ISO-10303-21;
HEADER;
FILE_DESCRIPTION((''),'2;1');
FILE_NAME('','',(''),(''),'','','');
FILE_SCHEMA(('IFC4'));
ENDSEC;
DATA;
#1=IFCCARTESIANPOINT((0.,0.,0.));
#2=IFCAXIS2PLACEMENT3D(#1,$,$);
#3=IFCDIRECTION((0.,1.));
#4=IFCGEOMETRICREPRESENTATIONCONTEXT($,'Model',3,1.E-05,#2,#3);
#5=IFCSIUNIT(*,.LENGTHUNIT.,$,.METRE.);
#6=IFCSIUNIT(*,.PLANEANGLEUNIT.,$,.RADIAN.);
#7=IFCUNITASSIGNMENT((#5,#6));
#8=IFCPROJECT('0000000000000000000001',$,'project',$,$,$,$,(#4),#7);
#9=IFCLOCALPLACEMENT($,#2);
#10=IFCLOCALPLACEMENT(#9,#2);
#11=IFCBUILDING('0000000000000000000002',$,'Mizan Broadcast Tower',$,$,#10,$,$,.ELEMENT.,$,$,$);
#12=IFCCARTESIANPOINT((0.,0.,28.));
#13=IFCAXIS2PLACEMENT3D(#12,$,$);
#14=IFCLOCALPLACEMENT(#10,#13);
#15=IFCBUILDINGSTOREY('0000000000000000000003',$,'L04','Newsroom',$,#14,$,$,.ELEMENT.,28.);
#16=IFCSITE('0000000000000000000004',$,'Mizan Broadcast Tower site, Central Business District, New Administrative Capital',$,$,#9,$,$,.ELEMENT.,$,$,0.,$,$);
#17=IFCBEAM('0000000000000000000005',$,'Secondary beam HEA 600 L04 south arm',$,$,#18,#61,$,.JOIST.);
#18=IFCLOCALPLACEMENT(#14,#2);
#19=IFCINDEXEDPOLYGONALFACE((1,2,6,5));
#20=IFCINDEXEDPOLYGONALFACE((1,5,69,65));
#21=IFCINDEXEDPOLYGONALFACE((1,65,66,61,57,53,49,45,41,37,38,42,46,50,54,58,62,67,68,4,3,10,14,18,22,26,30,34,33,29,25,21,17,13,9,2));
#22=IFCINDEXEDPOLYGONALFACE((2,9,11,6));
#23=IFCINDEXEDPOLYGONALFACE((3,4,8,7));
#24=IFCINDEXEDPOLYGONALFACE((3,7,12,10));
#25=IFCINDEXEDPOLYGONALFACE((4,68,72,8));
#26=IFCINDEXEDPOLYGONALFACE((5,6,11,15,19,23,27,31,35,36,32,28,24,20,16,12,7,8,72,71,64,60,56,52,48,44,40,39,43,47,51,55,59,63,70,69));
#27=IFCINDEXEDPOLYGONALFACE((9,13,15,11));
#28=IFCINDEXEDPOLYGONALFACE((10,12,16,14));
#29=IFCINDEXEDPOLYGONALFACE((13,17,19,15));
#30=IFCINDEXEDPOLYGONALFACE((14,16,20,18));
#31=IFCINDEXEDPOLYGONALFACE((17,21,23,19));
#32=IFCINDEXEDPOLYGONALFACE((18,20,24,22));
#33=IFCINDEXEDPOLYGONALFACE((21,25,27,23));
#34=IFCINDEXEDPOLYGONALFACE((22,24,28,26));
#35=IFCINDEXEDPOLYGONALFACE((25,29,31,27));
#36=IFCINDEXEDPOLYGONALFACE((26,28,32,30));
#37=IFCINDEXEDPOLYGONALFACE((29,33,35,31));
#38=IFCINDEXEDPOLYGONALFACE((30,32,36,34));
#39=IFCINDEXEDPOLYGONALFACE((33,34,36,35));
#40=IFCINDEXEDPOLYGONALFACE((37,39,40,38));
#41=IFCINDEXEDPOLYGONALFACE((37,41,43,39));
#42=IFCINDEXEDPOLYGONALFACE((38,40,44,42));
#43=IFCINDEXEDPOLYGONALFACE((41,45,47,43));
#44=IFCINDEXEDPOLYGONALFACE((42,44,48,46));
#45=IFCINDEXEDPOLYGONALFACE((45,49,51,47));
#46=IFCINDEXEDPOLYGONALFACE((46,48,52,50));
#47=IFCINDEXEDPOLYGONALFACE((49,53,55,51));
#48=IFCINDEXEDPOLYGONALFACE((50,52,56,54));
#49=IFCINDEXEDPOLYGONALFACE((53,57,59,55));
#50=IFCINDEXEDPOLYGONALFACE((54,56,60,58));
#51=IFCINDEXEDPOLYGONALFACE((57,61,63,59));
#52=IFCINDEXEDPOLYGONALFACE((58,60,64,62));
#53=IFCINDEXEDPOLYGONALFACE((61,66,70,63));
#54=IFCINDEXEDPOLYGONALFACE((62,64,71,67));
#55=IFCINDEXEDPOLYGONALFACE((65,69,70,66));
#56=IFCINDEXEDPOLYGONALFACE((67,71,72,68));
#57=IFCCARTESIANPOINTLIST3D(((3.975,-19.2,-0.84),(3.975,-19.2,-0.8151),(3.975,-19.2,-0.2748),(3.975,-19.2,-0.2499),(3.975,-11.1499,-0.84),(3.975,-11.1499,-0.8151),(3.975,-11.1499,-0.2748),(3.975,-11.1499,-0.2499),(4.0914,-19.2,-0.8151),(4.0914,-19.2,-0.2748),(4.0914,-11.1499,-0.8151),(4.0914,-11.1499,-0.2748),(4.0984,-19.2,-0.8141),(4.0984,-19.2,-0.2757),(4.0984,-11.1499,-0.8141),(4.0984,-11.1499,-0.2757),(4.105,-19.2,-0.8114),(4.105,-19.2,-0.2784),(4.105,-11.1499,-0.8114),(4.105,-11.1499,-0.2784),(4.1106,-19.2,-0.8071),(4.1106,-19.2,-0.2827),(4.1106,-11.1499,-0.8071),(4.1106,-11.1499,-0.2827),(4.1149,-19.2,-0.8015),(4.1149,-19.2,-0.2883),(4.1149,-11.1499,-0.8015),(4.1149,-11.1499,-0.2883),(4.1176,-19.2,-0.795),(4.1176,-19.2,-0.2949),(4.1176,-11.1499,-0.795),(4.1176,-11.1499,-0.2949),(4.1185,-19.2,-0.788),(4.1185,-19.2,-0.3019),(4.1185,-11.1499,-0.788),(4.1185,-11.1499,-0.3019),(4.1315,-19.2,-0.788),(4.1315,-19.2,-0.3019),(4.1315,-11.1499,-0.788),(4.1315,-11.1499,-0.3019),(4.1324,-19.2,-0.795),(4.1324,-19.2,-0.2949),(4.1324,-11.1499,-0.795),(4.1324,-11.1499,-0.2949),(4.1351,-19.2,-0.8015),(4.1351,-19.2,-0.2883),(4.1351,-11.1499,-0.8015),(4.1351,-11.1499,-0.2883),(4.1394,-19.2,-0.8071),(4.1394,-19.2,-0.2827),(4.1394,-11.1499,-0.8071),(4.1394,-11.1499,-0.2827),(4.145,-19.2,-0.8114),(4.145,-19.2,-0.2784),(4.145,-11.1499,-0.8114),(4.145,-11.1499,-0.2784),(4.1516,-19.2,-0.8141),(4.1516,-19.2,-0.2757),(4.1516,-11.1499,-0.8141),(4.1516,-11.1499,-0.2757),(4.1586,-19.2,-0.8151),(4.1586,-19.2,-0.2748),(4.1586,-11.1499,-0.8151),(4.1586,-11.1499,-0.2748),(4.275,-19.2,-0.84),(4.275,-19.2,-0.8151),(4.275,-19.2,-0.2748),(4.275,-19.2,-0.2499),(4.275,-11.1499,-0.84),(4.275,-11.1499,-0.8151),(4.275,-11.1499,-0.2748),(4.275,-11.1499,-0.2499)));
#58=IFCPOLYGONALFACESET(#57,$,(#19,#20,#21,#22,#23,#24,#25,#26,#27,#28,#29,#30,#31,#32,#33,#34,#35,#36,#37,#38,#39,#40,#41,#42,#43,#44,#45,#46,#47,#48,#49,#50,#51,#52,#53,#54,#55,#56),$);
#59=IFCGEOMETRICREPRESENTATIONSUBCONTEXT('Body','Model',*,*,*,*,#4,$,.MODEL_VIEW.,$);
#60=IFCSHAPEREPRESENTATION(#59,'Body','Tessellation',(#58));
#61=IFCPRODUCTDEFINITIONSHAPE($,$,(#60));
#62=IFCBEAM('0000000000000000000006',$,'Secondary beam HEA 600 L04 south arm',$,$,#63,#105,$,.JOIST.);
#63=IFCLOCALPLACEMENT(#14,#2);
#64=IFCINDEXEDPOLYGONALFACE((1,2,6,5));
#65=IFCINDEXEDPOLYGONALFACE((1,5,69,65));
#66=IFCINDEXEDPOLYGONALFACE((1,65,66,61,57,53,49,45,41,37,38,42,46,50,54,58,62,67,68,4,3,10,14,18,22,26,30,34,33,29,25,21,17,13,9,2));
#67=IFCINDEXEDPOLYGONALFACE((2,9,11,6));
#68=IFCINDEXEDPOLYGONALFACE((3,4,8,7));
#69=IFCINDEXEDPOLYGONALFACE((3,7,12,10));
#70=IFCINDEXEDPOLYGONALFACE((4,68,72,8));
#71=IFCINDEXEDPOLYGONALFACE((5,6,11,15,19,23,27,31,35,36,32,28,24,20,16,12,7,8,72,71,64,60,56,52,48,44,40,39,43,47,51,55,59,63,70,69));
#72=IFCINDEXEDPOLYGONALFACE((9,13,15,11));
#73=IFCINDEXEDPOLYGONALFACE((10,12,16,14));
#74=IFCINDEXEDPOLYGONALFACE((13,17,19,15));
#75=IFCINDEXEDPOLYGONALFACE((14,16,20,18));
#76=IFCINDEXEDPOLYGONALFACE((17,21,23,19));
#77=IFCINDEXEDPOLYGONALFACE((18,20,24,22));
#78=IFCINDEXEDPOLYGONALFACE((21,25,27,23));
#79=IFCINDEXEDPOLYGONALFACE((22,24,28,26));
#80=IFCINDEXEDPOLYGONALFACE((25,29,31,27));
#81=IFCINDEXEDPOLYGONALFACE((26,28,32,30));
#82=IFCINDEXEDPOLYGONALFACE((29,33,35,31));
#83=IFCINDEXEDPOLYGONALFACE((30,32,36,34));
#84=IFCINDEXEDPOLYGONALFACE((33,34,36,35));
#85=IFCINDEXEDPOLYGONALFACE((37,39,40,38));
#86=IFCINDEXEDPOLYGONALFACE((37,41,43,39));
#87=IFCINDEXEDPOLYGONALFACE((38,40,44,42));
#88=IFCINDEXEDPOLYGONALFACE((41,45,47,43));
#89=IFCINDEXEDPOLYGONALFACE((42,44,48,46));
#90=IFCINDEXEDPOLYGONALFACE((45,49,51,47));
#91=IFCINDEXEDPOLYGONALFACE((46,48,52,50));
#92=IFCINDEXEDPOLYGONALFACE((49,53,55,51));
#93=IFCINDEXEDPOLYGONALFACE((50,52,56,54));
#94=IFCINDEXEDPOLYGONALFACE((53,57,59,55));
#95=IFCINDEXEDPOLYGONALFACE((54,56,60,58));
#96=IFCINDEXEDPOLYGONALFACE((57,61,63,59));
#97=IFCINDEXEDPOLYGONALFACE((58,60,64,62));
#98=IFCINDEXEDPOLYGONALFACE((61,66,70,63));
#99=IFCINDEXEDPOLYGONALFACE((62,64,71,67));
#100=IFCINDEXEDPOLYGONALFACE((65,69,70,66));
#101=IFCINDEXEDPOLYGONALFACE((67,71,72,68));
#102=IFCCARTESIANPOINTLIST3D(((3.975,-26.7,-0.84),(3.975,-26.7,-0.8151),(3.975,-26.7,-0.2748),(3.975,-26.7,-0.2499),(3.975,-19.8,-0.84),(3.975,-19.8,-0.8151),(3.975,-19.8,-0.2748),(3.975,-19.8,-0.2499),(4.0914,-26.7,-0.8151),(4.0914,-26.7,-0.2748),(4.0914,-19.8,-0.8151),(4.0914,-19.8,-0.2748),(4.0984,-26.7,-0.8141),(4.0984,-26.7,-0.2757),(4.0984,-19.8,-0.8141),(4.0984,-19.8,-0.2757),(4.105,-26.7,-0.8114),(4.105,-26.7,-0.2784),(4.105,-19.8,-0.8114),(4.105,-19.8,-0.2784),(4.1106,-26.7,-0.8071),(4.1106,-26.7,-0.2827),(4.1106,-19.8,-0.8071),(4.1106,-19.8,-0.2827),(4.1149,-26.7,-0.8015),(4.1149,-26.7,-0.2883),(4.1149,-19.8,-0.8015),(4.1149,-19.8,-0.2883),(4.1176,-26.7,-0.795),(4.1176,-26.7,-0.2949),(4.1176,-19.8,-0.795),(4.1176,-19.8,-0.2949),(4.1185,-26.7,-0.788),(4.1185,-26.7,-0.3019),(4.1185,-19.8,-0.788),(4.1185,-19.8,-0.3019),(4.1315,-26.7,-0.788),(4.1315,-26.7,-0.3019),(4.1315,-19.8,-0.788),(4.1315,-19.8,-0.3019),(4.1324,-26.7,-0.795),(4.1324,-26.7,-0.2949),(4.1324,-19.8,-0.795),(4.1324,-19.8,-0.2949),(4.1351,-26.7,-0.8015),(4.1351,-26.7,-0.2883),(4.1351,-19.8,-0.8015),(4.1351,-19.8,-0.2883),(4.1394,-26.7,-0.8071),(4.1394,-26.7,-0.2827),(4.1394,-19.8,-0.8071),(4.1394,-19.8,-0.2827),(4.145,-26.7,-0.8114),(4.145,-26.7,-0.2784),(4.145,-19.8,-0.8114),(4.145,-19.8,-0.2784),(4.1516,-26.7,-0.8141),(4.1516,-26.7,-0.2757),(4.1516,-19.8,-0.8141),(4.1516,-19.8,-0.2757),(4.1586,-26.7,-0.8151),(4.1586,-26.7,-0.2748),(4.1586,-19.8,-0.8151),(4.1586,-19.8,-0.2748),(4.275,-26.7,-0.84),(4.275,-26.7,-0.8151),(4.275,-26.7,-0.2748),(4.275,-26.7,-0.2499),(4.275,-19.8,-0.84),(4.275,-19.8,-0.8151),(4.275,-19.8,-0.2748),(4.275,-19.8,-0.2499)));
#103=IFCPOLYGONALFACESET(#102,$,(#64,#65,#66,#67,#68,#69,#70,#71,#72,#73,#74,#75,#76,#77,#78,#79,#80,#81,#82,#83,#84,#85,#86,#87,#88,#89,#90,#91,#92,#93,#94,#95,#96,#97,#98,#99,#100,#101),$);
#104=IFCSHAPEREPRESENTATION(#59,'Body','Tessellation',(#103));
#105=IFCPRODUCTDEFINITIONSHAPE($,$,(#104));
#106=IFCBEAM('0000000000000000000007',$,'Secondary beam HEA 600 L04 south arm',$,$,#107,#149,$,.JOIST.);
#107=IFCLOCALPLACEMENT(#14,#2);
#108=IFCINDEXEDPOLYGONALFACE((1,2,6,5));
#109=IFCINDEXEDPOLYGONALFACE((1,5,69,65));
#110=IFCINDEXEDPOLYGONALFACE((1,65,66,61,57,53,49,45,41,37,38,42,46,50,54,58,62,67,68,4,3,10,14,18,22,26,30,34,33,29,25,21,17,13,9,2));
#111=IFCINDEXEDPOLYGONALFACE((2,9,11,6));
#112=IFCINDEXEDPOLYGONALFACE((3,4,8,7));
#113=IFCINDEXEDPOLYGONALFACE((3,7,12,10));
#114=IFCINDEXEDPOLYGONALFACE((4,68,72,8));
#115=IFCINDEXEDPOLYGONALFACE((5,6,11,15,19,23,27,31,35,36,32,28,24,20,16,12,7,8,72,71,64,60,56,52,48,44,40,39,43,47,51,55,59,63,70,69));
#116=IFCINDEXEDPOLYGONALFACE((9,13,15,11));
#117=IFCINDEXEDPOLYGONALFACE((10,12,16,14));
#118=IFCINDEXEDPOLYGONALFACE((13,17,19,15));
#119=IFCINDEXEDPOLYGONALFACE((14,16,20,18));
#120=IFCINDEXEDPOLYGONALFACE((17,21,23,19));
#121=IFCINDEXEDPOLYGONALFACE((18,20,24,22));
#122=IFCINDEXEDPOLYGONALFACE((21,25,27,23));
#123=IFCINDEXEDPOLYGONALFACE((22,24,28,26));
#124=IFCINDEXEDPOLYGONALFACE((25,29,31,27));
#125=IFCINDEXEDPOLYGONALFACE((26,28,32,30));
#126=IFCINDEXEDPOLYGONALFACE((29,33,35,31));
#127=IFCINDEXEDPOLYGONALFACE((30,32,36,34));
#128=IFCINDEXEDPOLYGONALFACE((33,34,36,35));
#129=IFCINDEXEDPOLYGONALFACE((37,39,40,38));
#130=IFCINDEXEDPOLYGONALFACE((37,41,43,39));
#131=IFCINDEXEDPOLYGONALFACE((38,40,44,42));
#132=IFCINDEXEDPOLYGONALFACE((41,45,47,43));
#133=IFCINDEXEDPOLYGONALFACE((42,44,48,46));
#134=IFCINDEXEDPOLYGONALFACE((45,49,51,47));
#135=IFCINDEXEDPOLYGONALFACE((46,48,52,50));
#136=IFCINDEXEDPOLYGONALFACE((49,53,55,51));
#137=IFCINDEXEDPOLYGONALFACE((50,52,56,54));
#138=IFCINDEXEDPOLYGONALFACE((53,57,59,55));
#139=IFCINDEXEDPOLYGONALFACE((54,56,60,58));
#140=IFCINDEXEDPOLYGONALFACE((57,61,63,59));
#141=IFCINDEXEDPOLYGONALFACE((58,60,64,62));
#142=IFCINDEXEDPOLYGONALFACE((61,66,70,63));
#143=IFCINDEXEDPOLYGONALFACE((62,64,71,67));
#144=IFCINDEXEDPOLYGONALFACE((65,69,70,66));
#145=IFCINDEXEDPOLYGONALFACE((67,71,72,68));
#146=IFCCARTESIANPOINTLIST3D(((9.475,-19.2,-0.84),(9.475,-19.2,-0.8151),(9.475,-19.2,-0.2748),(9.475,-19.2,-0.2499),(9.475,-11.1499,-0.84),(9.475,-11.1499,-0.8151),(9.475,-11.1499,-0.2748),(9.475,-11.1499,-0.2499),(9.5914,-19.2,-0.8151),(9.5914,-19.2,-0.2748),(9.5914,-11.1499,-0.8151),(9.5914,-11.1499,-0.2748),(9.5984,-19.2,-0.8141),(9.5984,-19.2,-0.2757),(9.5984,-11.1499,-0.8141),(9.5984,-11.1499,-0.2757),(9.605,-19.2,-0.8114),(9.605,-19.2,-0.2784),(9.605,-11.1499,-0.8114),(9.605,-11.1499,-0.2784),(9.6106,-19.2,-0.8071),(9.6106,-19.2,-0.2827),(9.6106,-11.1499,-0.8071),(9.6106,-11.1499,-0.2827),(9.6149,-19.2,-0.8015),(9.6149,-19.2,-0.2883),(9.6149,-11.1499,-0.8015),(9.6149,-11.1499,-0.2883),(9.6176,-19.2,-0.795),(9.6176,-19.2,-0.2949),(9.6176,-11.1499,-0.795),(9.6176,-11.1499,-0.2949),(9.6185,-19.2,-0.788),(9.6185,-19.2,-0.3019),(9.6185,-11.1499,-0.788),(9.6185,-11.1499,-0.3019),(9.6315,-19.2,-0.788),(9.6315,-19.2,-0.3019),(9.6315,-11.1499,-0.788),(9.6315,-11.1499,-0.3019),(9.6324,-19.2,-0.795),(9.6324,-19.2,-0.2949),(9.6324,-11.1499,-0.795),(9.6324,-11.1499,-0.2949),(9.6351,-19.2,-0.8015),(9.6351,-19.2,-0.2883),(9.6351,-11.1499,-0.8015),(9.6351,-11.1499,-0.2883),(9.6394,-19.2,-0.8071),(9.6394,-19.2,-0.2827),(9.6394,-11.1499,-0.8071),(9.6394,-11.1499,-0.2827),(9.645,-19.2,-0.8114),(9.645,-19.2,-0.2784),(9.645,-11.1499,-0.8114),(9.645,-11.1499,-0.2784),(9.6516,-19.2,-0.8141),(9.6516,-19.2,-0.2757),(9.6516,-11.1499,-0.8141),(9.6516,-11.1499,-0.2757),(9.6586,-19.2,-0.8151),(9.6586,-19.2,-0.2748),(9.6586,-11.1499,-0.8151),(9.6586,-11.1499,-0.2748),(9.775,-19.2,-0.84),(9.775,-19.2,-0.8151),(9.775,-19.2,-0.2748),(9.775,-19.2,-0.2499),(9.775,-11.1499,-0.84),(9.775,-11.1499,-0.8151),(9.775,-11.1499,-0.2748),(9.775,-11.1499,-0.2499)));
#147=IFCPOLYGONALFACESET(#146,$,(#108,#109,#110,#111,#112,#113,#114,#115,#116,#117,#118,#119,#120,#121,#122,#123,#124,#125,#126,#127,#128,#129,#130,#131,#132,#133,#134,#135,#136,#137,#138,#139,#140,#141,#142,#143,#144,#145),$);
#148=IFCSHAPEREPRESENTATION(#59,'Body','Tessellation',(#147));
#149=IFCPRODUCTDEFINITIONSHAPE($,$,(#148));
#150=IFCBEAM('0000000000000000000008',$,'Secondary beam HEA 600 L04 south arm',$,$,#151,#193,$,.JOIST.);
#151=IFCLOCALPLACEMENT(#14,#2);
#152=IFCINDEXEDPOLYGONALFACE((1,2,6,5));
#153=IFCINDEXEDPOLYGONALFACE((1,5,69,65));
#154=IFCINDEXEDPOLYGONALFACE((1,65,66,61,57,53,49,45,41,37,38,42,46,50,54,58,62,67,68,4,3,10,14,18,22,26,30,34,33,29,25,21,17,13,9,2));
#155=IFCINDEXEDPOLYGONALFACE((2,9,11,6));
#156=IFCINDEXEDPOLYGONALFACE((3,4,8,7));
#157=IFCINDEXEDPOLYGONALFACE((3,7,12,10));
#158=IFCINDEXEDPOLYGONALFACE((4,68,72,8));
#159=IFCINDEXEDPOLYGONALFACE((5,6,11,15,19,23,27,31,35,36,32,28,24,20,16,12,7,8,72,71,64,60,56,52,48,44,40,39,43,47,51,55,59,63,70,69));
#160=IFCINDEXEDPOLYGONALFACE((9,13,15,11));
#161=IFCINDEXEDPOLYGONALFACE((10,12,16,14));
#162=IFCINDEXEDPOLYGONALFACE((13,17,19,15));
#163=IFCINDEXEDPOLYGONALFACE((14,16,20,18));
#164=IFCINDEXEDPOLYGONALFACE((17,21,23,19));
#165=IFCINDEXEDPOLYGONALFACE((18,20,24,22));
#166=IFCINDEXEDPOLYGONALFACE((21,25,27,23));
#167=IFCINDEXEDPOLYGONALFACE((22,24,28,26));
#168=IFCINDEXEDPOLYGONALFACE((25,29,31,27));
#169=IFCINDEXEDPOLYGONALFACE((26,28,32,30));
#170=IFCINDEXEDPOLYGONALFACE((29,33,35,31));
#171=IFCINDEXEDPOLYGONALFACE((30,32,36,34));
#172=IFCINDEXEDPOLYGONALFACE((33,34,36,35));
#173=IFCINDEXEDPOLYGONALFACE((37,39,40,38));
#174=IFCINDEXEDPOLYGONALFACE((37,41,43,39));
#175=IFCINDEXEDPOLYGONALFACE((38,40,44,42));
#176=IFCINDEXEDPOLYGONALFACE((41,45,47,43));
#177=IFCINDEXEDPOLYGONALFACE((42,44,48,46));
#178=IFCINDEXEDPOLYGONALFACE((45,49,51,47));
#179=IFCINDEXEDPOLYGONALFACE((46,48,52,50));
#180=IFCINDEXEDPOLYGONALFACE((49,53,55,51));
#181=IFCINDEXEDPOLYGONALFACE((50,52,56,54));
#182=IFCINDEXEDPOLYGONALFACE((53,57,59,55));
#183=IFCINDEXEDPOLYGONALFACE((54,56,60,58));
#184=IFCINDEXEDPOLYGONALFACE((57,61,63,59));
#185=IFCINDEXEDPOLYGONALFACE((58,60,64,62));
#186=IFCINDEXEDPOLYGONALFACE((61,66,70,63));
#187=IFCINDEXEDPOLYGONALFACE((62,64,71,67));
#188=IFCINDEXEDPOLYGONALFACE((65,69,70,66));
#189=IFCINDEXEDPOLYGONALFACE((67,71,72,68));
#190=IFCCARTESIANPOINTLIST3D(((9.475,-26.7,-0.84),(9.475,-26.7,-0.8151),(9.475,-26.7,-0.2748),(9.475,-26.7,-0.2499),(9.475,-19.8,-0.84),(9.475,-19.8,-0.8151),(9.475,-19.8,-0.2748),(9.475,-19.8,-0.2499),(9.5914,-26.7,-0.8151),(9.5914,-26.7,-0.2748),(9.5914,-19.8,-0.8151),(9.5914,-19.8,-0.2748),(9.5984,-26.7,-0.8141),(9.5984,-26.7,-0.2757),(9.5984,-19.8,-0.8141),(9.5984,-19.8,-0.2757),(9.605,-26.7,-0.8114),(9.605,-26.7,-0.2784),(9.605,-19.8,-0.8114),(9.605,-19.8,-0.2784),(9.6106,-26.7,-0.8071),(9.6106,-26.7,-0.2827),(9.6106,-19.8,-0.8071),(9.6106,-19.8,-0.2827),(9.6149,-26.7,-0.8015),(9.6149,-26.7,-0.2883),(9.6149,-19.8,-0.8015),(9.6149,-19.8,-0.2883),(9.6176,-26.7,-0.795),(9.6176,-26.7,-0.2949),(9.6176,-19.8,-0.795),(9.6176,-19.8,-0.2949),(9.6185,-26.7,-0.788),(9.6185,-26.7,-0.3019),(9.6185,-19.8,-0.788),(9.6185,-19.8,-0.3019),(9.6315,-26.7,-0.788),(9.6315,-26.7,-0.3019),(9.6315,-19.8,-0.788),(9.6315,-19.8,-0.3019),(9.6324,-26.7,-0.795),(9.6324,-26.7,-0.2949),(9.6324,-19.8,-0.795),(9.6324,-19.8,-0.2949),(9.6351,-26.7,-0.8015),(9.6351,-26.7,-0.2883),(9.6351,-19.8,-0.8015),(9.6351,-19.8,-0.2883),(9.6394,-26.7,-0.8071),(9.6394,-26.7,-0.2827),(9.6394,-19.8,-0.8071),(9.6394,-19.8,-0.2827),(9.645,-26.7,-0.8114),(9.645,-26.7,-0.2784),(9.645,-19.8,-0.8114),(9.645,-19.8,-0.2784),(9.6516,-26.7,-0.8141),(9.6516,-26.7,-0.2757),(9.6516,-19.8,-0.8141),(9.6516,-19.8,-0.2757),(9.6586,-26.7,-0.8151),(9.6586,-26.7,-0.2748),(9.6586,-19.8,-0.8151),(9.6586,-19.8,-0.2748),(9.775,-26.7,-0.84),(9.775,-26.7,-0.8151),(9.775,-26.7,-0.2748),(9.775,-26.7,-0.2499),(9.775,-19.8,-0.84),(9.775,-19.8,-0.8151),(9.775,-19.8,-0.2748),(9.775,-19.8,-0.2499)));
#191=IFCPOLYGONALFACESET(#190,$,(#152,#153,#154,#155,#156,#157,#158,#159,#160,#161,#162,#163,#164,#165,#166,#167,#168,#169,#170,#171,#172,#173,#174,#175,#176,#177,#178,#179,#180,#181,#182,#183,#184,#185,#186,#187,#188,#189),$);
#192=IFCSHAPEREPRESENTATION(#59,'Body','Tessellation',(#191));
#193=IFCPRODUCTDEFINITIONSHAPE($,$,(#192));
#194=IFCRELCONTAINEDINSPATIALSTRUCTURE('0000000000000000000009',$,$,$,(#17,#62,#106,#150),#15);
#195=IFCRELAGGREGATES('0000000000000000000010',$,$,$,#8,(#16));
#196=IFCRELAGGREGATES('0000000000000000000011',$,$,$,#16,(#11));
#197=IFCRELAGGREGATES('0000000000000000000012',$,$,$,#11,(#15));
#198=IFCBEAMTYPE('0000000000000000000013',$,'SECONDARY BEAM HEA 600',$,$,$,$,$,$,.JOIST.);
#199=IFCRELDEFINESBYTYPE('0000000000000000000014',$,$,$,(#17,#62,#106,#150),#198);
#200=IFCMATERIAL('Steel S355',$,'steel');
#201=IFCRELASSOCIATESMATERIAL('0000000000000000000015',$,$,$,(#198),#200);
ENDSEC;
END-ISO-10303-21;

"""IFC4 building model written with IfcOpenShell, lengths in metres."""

from ifc_helpers import new_model, si_unit, direction, frame, origin, origin_2d, place, context, subcontext, project, spatial, i_section, extrude, material, material_profile, profile_set, type_object, element, save


model = new_model("IFC4")

# Units and contexts
model_context = context("Model", 3, precision=1e-05, world=origin(), true_north=direction((0.0, 1.0)))
body_context = subcontext(model_context, "Body", "Model", "MODEL_VIEW")
ifc_project = project(units=[si_unit("LENGTHUNIT", "METRE"), si_unit("PLANEANGLEUNIT", "RADIAN")], contexts=[model_context])

# Site, building, storey
site_placement = place(None, origin())
site = spatial("IfcSite", under=ifc_project, at=site_placement, Name="Mizan Broadcast Tower site, Central Business District, New Administrative Capital", CompositionType="ELEMENT", RefElevation=0.0)
building_placement = place(site_placement, origin())
building = spatial("IfcBuilding", under=site, at=building_placement, Name="Mizan Broadcast Tower", CompositionType="ELEMENT")
storey_placement = place(building_placement, frame((0.0, 0.0, 28.0)))
storey = spatial("IfcBuildingStorey", under=building, at=storey_placement, Name="L04", Description="Newsroom", CompositionType="ELEMENT", Elevation=28.0)

# Beams
ifc_material_1 = material(Name="Steel S355", Category="steel")
ifc_material_profile_1 = material_profile(ifc_material_1, i_section(OverallWidth=0.3, OverallDepth=0.5901, WebThickness=0.0129, FlangeThickness=0.0249, FilletRadius=0.0271, at=origin_2d()), Name="HEA 600")
ifc_profile_set_1 = profile_set([ifc_material_profile_1], Name="Steel S355")
beam_type_1 = type_object("IfcBeamType", Name="SECONDARY BEAM HEA 600", PredefinedType="JOIST", material=ifc_profile_set_1)
for number, where, z_axis, x_axis, name in (
    (1, (4.125, -11.1499, -0.5449), (0.0, -1.0, 0.0), (1.0, 0.0, 0.0), "Secondary beam HEA 600 L04 south arm"),
):
    element("IfcBeam", number, at=place(storey_placement, frame(where, z_axis=z_axis, x_axis=x_axis)), inside=storey, type_object=beam_type_1, Name=name, PredefinedType="JOIST", context=body_context, shape_type="SweptSolid", body=[
        extrude(i_section(OverallWidth=0.3, OverallDepth=0.5901, WebThickness=0.0129, FlangeThickness=0.0249, FilletRadius=0.0271, at=origin_2d()), origin(), (0.0, 0.0, 1.0), 8.05),
    ])
beam_1_placement = place(storey_placement, frame((4.125, -19.8, -0.5449), z_axis=(0.0, -1.0, 0.0), x_axis=(1.0, 0.0, 0.0)))
element("IfcBeam", 2, at=beam_1_placement, inside=storey, type_object=beam_type_1, Name="Secondary beam HEA 600 L04 south arm", PredefinedType="JOIST", context=body_context, shape_type="SweptSolid", body=[
    extrude(i_section(OverallWidth=0.3, OverallDepth=0.5901, WebThickness=0.0129, FlangeThickness=0.0249, FilletRadius=0.0271, at=origin_2d()), origin(), (0.0, 0.0, 1.0), 6.8999),
])
beam_2_placement = place(storey_placement, frame((9.625, -11.1499, -0.5449), z_axis=(0.0, -1.0, 0.0), x_axis=(1.0, 0.0, 0.0)))
element("IfcBeam", 3, at=beam_2_placement, inside=storey, type_object=beam_type_1, Name="Secondary beam HEA 600 L04 south arm", PredefinedType="JOIST", context=body_context, shape_type="SweptSolid", body=[
    extrude(i_section(OverallWidth=0.3, OverallDepth=0.5901, WebThickness=0.0129, FlangeThickness=0.0249, FilletRadius=0.0271, at=origin_2d()), origin(), (0.0, 0.0, 1.0), 8.05),
])
beam_3_placement = place(storey_placement, frame((9.625, -19.8, -0.5449), z_axis=(0.0, -1.0, 0.0), x_axis=(1.0, 0.0, 0.0)))
element("IfcBeam", 4, at=beam_3_placement, inside=storey, type_object=beam_type_1, Name="Secondary beam HEA 600 L04 south arm", PredefinedType="JOIST", context=body_context, shape_type="SweptSolid", body=[
    extrude(i_section(OverallWidth=0.3, OverallDepth=0.5901, WebThickness=0.0129, FlangeThickness=0.0249, FilletRadius=0.0271, at=origin_2d()), origin(), (0.0, 0.0, 1.0), 6.8999),
])

save(model, "model.ifc")
